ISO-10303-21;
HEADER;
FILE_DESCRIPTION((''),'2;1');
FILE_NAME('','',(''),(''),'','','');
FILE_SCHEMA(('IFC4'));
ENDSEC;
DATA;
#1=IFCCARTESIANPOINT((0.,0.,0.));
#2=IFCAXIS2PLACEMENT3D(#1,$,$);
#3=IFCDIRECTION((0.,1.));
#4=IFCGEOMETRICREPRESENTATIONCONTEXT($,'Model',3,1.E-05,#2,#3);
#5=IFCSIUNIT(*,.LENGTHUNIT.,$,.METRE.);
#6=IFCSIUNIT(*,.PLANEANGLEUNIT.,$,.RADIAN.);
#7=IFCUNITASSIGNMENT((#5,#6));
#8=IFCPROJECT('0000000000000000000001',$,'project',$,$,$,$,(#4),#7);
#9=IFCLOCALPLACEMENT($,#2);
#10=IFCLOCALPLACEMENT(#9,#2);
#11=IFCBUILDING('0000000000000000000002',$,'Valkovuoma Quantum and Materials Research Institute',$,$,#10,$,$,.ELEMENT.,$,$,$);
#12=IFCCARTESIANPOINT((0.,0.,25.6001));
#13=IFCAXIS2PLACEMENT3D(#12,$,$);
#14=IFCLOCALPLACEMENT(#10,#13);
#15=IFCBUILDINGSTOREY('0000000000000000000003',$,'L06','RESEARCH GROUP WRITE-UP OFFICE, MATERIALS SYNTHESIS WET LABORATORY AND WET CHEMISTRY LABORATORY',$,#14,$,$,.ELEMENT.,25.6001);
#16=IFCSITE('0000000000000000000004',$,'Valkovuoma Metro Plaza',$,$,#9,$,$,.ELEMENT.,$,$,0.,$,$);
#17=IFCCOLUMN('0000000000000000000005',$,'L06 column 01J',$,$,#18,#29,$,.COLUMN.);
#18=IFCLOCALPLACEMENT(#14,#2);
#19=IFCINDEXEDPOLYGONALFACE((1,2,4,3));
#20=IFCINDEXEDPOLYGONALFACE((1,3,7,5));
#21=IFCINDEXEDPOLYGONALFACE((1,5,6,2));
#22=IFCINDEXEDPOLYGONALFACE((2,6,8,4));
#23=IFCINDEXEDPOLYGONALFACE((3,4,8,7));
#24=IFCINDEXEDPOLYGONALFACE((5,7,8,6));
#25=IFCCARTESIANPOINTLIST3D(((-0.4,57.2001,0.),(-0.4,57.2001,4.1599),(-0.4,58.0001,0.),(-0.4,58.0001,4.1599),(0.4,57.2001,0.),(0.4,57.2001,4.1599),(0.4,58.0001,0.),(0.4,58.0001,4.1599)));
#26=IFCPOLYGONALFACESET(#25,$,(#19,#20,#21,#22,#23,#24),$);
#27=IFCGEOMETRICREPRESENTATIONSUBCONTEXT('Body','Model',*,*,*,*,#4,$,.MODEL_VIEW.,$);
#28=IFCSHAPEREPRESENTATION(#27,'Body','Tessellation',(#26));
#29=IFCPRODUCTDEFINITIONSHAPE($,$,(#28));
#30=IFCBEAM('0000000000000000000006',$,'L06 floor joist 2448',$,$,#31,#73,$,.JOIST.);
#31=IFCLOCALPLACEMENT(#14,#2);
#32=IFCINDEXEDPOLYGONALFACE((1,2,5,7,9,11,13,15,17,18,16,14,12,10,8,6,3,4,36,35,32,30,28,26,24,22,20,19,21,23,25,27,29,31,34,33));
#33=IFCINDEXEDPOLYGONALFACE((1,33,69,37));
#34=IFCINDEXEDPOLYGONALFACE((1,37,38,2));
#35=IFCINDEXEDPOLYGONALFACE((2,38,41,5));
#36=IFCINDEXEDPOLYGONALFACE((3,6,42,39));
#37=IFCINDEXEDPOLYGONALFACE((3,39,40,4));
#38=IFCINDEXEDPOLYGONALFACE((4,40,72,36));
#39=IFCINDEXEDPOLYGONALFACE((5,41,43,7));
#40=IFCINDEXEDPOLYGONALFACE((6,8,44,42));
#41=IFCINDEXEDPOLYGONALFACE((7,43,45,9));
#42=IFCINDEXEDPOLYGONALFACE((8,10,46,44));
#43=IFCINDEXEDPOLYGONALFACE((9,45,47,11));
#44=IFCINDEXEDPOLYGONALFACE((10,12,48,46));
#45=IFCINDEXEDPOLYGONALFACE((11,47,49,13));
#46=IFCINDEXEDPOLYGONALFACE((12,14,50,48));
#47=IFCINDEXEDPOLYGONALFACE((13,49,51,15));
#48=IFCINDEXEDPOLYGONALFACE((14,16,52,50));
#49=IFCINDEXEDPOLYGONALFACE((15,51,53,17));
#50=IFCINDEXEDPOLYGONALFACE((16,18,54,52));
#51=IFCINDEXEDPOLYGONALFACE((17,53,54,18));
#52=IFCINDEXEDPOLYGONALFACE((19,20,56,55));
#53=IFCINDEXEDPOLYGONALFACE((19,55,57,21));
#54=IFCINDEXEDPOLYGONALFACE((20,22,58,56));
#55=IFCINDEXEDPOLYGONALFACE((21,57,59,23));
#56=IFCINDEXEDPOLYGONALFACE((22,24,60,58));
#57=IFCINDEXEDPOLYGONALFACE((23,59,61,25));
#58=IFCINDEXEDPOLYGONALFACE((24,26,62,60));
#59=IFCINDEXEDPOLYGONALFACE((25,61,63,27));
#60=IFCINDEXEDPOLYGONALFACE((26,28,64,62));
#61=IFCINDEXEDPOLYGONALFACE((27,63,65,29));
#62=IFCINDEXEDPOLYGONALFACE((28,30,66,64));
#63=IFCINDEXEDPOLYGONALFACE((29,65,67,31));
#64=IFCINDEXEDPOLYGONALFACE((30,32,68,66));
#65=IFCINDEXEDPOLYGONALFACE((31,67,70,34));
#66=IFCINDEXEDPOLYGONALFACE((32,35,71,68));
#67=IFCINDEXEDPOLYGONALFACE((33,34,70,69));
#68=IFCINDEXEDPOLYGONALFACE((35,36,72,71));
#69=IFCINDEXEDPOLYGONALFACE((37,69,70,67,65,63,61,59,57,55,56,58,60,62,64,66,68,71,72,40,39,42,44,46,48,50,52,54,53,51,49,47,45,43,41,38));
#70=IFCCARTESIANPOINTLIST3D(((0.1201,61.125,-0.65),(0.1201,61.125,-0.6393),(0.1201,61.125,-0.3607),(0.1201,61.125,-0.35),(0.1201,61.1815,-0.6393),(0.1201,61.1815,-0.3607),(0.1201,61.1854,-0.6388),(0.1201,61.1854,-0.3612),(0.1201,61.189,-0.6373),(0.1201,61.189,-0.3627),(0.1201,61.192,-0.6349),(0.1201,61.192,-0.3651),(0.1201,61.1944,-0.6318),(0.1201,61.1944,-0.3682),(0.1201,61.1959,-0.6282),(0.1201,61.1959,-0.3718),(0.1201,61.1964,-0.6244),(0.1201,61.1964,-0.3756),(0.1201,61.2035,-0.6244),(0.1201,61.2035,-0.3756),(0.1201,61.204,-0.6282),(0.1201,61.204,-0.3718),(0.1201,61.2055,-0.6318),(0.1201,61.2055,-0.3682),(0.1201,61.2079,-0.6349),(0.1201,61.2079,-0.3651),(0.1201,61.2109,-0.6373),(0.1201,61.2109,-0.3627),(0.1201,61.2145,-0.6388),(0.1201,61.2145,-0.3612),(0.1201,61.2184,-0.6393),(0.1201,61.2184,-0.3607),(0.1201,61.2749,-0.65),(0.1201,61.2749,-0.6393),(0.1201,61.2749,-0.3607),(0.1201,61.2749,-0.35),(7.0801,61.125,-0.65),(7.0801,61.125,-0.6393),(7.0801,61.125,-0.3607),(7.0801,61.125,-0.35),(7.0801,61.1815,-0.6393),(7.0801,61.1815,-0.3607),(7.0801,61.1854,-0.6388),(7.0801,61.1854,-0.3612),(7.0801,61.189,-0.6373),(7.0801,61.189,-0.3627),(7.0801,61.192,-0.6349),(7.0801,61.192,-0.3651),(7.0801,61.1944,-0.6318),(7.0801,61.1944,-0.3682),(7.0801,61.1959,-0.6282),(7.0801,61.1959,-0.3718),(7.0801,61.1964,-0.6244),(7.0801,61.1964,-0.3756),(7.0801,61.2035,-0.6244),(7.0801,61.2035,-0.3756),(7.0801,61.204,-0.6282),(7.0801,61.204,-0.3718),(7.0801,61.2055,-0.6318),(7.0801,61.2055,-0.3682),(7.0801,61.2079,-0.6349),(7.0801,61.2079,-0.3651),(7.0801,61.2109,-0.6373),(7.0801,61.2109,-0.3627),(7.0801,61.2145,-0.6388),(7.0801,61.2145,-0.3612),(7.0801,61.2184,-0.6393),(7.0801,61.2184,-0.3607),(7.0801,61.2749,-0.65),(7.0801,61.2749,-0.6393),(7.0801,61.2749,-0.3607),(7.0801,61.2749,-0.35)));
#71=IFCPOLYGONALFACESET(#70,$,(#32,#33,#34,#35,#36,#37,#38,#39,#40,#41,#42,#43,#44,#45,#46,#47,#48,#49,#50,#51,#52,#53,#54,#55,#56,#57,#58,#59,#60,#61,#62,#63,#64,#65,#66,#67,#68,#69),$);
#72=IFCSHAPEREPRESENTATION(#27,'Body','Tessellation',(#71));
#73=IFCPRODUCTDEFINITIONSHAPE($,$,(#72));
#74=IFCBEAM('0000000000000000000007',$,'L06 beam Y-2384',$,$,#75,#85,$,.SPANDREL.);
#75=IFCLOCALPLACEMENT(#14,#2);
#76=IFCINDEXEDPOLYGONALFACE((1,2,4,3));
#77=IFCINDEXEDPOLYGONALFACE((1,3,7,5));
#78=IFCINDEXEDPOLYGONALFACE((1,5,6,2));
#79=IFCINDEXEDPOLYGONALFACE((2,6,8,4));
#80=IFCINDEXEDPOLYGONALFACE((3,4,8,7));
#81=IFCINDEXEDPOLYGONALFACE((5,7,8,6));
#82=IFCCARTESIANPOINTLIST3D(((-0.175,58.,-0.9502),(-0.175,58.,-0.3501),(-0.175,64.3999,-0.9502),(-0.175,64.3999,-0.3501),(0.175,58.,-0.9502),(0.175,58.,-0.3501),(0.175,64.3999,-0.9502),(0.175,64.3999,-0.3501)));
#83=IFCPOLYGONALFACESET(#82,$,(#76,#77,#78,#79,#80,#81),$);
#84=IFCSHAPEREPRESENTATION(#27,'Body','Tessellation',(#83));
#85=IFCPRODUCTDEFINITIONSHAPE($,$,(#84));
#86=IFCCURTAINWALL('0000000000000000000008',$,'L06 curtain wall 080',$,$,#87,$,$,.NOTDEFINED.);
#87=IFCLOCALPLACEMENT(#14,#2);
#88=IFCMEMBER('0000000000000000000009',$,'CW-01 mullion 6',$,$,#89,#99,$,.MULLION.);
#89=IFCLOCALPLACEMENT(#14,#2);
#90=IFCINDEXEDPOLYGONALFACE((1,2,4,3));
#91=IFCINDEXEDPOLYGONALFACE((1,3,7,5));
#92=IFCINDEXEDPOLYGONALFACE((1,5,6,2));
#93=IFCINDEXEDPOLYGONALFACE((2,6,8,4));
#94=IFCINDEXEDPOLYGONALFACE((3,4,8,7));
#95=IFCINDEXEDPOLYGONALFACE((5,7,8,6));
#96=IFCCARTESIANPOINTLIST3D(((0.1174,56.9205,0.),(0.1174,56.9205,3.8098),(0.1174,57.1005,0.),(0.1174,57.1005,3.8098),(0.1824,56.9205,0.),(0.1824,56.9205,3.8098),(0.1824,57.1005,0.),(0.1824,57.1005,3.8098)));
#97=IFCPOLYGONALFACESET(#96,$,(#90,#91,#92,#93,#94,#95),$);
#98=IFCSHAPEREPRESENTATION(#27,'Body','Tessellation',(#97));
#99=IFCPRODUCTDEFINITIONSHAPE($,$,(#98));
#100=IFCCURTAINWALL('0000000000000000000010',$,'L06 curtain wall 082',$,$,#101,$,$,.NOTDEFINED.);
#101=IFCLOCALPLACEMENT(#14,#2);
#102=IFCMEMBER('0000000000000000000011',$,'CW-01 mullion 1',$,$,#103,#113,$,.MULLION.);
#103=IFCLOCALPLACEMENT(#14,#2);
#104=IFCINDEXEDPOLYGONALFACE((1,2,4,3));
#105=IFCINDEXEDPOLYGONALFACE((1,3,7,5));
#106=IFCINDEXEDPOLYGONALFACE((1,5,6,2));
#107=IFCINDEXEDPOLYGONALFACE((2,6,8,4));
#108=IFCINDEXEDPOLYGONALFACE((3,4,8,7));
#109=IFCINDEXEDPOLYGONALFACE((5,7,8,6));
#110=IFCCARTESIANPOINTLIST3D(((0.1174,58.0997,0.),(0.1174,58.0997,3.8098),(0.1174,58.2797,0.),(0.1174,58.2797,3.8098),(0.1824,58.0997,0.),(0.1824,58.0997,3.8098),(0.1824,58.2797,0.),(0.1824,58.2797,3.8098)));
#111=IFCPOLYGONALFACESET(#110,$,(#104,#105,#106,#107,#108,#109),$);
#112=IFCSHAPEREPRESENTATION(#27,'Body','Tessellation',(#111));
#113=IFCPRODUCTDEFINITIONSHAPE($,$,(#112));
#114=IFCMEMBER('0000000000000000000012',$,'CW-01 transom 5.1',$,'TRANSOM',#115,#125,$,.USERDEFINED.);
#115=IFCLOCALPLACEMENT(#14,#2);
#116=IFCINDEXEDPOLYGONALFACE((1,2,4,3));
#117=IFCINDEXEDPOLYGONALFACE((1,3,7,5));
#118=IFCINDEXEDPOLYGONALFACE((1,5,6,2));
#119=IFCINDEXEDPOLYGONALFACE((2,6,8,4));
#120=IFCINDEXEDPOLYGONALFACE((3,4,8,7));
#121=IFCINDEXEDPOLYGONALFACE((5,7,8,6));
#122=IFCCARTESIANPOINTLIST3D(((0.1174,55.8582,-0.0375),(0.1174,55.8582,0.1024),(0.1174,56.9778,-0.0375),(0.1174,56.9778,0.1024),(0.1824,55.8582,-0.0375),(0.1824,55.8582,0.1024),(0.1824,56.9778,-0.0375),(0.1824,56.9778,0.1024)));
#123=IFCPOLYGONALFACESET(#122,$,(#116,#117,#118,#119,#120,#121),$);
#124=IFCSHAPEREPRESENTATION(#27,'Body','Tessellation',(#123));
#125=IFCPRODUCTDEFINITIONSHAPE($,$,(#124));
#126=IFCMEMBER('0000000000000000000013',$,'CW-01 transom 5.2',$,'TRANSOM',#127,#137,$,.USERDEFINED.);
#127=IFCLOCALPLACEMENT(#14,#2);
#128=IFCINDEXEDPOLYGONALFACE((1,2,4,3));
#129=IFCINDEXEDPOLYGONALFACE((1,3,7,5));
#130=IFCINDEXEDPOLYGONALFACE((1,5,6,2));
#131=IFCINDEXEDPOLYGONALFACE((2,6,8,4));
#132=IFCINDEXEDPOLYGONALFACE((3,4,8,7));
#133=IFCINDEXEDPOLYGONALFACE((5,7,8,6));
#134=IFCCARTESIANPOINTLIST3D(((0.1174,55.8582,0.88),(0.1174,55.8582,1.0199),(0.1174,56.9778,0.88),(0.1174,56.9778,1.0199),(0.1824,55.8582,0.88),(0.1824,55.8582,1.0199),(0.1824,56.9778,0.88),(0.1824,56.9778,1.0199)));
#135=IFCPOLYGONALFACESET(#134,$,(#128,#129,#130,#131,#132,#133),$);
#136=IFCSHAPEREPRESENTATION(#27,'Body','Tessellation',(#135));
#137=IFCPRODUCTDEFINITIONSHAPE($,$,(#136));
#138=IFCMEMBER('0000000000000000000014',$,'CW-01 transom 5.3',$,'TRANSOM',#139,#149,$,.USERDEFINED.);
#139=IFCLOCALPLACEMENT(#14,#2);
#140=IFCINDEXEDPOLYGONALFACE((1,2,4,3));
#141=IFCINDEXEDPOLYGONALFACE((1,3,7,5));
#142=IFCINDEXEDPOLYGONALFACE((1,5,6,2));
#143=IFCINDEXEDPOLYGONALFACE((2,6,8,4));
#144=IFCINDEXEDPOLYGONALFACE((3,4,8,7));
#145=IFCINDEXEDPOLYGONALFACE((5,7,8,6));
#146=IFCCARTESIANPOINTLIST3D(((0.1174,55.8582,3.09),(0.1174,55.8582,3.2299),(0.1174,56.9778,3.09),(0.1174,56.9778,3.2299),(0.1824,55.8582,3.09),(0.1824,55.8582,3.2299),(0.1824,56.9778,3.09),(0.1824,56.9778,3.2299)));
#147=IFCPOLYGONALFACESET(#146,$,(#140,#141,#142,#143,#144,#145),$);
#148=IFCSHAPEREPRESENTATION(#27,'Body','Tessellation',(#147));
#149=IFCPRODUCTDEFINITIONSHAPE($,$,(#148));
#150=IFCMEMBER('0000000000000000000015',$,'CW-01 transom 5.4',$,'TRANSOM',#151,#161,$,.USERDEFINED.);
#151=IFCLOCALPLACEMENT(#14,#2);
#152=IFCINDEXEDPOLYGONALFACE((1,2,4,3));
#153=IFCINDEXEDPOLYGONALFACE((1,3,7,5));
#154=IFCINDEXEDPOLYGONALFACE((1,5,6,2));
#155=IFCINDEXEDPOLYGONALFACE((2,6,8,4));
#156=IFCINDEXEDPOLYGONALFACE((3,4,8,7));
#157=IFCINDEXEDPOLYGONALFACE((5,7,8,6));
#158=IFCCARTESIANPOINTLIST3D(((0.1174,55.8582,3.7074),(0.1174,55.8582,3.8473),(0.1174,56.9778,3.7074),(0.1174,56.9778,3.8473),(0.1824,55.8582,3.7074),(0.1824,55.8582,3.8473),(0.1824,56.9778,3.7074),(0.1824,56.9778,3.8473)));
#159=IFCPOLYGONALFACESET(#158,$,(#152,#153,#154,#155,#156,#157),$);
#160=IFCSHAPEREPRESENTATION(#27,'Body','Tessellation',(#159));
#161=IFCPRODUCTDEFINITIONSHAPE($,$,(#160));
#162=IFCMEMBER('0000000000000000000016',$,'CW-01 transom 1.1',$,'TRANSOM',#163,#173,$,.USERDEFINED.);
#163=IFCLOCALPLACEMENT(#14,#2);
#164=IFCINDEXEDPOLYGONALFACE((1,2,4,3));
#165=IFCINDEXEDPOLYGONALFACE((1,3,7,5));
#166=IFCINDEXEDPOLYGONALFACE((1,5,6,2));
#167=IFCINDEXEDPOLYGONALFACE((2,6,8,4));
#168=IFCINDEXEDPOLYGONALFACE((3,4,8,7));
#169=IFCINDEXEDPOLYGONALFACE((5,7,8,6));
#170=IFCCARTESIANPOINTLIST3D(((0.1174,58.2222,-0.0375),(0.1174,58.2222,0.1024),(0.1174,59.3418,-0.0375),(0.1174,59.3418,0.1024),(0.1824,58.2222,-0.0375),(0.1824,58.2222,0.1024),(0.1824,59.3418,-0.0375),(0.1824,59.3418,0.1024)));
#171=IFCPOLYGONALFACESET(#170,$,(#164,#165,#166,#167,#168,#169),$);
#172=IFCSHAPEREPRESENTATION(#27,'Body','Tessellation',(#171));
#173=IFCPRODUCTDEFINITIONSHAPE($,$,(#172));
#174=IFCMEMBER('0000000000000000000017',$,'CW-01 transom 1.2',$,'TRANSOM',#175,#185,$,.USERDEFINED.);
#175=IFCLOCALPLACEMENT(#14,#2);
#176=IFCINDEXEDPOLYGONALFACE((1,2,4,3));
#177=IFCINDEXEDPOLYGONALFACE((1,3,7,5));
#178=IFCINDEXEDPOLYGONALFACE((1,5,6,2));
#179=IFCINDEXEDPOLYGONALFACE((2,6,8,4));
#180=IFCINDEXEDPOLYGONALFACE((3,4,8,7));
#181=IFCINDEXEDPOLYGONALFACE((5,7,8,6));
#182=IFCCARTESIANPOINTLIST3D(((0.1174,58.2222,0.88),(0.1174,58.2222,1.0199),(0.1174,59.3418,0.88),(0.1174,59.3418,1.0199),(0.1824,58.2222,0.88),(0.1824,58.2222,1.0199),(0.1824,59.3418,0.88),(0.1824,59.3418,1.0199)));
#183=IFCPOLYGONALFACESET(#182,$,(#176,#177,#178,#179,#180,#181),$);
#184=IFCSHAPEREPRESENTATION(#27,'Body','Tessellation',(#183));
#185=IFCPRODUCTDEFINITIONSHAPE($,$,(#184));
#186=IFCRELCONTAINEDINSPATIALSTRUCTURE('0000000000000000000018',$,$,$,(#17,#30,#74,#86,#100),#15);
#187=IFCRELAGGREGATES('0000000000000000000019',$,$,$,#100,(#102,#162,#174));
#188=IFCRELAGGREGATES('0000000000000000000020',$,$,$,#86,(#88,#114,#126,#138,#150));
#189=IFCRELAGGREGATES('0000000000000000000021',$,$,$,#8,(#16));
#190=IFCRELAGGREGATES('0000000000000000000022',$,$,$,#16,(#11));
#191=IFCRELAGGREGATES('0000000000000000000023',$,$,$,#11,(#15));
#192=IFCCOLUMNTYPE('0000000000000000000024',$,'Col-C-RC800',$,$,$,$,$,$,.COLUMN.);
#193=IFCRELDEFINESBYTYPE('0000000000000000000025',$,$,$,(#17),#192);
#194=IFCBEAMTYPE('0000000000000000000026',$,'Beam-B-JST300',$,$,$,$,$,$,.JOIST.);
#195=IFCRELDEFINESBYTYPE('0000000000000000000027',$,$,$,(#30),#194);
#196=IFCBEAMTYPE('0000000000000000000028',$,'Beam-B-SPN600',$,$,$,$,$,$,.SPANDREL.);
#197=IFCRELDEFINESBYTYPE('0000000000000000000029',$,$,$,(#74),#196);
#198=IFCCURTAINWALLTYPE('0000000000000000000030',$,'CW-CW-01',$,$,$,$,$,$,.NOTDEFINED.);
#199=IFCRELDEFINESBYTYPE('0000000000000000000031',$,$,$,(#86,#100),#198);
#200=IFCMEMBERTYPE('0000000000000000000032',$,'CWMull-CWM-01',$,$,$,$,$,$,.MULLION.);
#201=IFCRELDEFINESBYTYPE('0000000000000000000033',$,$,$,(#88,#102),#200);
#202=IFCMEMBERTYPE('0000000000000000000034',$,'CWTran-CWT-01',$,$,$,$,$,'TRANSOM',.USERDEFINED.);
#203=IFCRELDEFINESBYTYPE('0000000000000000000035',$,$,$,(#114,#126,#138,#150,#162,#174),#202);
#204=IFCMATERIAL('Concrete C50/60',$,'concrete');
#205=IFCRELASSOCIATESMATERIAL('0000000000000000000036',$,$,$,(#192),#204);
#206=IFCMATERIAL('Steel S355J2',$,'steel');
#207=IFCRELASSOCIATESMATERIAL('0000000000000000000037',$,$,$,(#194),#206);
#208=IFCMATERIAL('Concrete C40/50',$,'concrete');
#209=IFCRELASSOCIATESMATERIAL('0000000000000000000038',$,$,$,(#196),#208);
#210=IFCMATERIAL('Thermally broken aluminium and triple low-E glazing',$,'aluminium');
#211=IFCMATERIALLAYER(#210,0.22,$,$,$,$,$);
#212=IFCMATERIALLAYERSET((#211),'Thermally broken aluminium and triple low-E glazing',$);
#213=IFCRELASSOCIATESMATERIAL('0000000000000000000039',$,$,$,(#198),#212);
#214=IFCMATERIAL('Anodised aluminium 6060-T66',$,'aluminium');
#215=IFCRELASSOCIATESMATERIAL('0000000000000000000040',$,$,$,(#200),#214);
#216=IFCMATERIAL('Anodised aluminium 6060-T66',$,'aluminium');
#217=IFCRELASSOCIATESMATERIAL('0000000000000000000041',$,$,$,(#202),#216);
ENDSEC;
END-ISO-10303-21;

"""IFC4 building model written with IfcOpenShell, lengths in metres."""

from ifc_helpers import new_model, si_unit, direction, frame, origin, origin_2d, place, context, subcontext, project, spatial, rectangle, i_section, extrude, material, layer, layer_set, material_profile, profile_set, type_object, element, aggregate, save


model = new_model("IFC4")

# Units and contexts
model_context = context("Model", 3, precision=1e-05, world=origin(), true_north=direction((0.0, 1.0)))
body_context = subcontext(model_context, "Body", "Model", "MODEL_VIEW")
ifc_project = project(units=[si_unit("LENGTHUNIT", "METRE"), si_unit("PLANEANGLEUNIT", "RADIAN")], contexts=[model_context])

# Site, building, storey
site_placement = place(None, origin())
site = spatial("IfcSite", under=ifc_project, at=site_placement, Name="Valkovuoma Metro Plaza", CompositionType="ELEMENT", RefElevation=0.0)
building_placement = place(site_placement, origin())
building = spatial("IfcBuilding", under=site, at=building_placement, Name="Valkovuoma Quantum and Materials Research Institute", CompositionType="ELEMENT")
storey_placement = place(building_placement, frame((0.0, 0.0, 25.6001)))
storey = spatial("IfcBuildingStorey", under=building, at=storey_placement, Name="L06", Description="RESEARCH GROUP WRITE-UP OFFICE, MATERIALS SYNTHESIS WET LABORATORY AND WET CHEMISTRY LABORATORY", CompositionType="ELEMENT", Elevation=25.6001)

# Column
ifc_material_1 = material(Name="Concrete C50/60", Category="concrete")
ifc_material_profile_1 = material_profile(ifc_material_1, rectangle(XDim=0.8, YDim=0.8, at=origin_2d()), Name="Concrete C50/60")
ifc_profile_set_1 = profile_set([ifc_material_profile_1], Name="Concrete C50/60")
column_type = type_object("IfcColumnType", Name="Col-C-RC800", PredefinedType="COLUMN", material=ifc_profile_set_1)
column_placement = place(storey_placement, frame((0.0, 57.6001, 0.0), z_axis=(0.0, 0.0, 1.0), x_axis=(1.0, 0.0, 0.0)))
element("IfcColumn", 1, at=column_placement, inside=storey, type_object=column_type, Name="L06 column 01J", PredefinedType="COLUMN", context=body_context, shape_type="SweptSolid", body=[
    extrude(rectangle(XDim=0.8, YDim=0.8, at=origin_2d()), origin(), (0.0, 0.0, 1.0), 4.1599),
])

# Beams
ifc_material_2 = material(Name="Steel S355J2", Category="steel")
ifc_material_profile_2 = material_profile(ifc_material_2, i_section(OverallWidth=0.1499, OverallDepth=0.3, WebThickness=0.0071, FlangeThickness=0.0107, FilletRadius=0.0149, at=origin_2d()), Name="Steel S355J2")
ifc_profile_set_2 = profile_set([ifc_material_profile_2], Name="Steel S355J2")
beam_type_1 = type_object("IfcBeamType", Name="Beam-B-JST300", PredefinedType="JOIST", material=ifc_profile_set_2)
beam_1_placement = place(storey_placement, frame((0.1201, 61.2, -0.5), z_axis=(1.0, 0.0, 0.0), x_axis=(0.0, 1.0, 0.0)))
element("IfcBeam", 2, at=beam_1_placement, inside=storey, type_object=beam_type_1, Name="L06 floor joist 2448", PredefinedType="JOIST", context=body_context, shape_type="SweptSolid", body=[
    extrude(i_section(OverallWidth=0.1499, OverallDepth=0.3, WebThickness=0.0071, FlangeThickness=0.0107, FilletRadius=0.0149, at=origin_2d()), origin(), (0.0, 0.0, 1.0), 6.96),
])
ifc_material_3 = material(Name="Concrete C40/50", Category="concrete")
ifc_material_profile_3 = material_profile(ifc_material_3, rectangle(XDim=0.3501, YDim=0.6001, at=origin_2d()), Name="Concrete C40/50")
ifc_profile_set_3 = profile_set([ifc_material_profile_3], Name="Concrete C40/50")
beam_type_2 = type_object("IfcBeamType", Name="Beam-B-SPN600", PredefinedType="SPANDREL", material=ifc_profile_set_3)
beam_2_placement = place(storey_placement, frame((0.0, 58.0, -0.6501), z_axis=(0.0, 1.0, 0.0), x_axis=(-1.0, 0.0, 0.0)))
element("IfcBeam", 3, at=beam_2_placement, inside=storey, type_object=beam_type_2, Name="L06 beam Y-2384", PredefinedType="SPANDREL", context=body_context, shape_type="SweptSolid", body=[
    extrude(rectangle(XDim=0.3501, YDim=0.6001, at=origin_2d()), origin(), (0.0, 0.0, 1.0), 6.3999),
])

# Curtain walls, members
ifc_material_4 = material(Name="Thermally broken aluminium and triple low-E glazing", Category="aluminium")
ifc_layer_1 = layer(ifc_material_4, 0.22)
ifc_layer_set_1 = layer_set([ifc_layer_1], Name="Thermally broken aluminium and triple low-E glazing")
curtain_wall_type = type_object("IfcCurtainWallType", Name="CW-CW-01", PredefinedType="NOTDEFINED", material=ifc_layer_set_1)
curtain_wall_1_placement = place(storey_placement, origin())
curtain_wall_1 = element("IfcCurtainWall", 4, at=curtain_wall_1_placement, inside=storey, type_object=curtain_wall_type, Name="L06 curtain wall 080", PredefinedType="NOTDEFINED")
ifc_material_5 = material(Name="Anodised aluminium 6060-T66", Category="aluminium")
ifc_material_profile_4 = material_profile(ifc_material_5, rectangle(XDim=0.0649, YDim=0.1799, at=origin_2d()), Name="Anodised aluminium 6060-T66")
ifc_profile_set_4 = profile_set([ifc_material_profile_4], Name="Anodised aluminium 6060-T66")
member_type_1 = type_object("IfcMemberType", Name="CWMull-CWM-01", PredefinedType="MULLION", material=ifc_profile_set_4)
member_1_placement = place(storey_placement, frame((0.1499, 57.0105, 0.0), z_axis=(0.0, 0.0, 1.0), x_axis=(-1.0, 0.0, 0.0)))
member_1 = element("IfcMember", 5, at=member_1_placement, type_object=member_type_1, Name="CW-01 mullion 6", PredefinedType="MULLION", context=body_context, shape_type="SweptSolid", body=[
    extrude(rectangle(XDim=0.0649, YDim=0.1799, at=origin_2d()), origin(), (0.0, 0.0, 1.0), 3.8098),
])
curtain_wall_2_placement = place(storey_placement, origin())
curtain_wall_2 = element("IfcCurtainWall", 6, at=curtain_wall_2_placement, inside=storey, type_object=curtain_wall_type, Name="L06 curtain wall 082", PredefinedType="NOTDEFINED")
member_2_placement = place(storey_placement, frame((0.1499, 58.1897, 0.0), z_axis=(0.0, 0.0, 1.0), x_axis=(-1.0, 0.0, 0.0)))
member_2 = element("IfcMember", 7, at=member_2_placement, type_object=member_type_1, Name="CW-01 mullion 1", PredefinedType="MULLION", context=body_context, shape_type="SweptSolid", body=[
    extrude(rectangle(XDim=0.0649, YDim=0.1799, at=origin_2d()), origin(), (0.0, 0.0, 1.0), 3.8098),
])

# Members
ifc_material_6 = material(Name="Anodised aluminium 6060-T66", Category="aluminium")
ifc_material_profile_5 = material_profile(ifc_material_6, rectangle(XDim=0.0649, YDim=0.1399, at=origin_2d()), Name="Anodised aluminium 6060-T66")
ifc_profile_set_5 = profile_set([ifc_material_profile_5], Name="Anodised aluminium 6060-T66")
member_type_2 = type_object("IfcMemberType", Name="CWTran-CWT-01", ElementType="TRANSOM", PredefinedType="USERDEFINED", material=ifc_profile_set_5)
member_3_placement = place(storey_placement, frame((0.1499, 55.8582, 0.0325), z_axis=(0.0, 1.0, 0.0), x_axis=(-1.0, 0.0, 0.0)))
member_3 = element("IfcMember", 8, at=member_3_placement, type_object=member_type_2, Name="CW-01 transom 5.1", ObjectType="TRANSOM", PredefinedType="USERDEFINED", context=body_context, shape_type="SweptSolid", body=[
    extrude(rectangle(XDim=0.0649, YDim=0.1399, at=origin_2d()), origin(), (0.0, 0.0, 1.0), 1.1196),
])
member_4_placement = place(storey_placement, frame((0.1499, 55.8582, 0.95), z_axis=(0.0, 1.0, 0.0), x_axis=(-1.0, 0.0, 0.0)))
member_4 = element("IfcMember", 9, at=member_4_placement, type_object=member_type_2, Name="CW-01 transom 5.2", ObjectType="TRANSOM", PredefinedType="USERDEFINED", context=body_context, shape_type="SweptSolid", body=[
    extrude(rectangle(XDim=0.0649, YDim=0.1399, at=origin_2d()), origin(), (0.0, 0.0, 1.0), 1.1196),
])
member_5_placement = place(storey_placement, frame((0.1499, 55.8582, 3.1599), z_axis=(0.0, 1.0, 0.0), x_axis=(-1.0, 0.0, 0.0)))
member_5 = element("IfcMember", 10, at=member_5_placement, type_object=member_type_2, Name="CW-01 transom 5.3", ObjectType="TRANSOM", PredefinedType="USERDEFINED", context=body_context, shape_type="SweptSolid", body=[
    extrude(rectangle(XDim=0.0649, YDim=0.1399, at=origin_2d()), origin(), (0.0, 0.0, 1.0), 1.1196),
])
member_6_placement = place(storey_placement, frame((0.1499, 55.8582, 3.7773), z_axis=(0.0, 1.0, 0.0), x_axis=(-1.0, 0.0, 0.0)))
member_6 = element("IfcMember", 11, at=member_6_placement, type_object=member_type_2, Name="CW-01 transom 5.4", ObjectType="TRANSOM", PredefinedType="USERDEFINED", context=body_context, shape_type="SweptSolid", body=[
    extrude(rectangle(XDim=0.0649, YDim=0.1399, at=origin_2d()), origin(), (0.0, 0.0, 1.0), 1.1196),
])
member_7_placement = place(storey_placement, frame((0.1499, 58.2222, 0.0325), z_axis=(0.0, 1.0, 0.0), x_axis=(-1.0, 0.0, 0.0)))
member_7 = element("IfcMember", 12, at=member_7_placement, type_object=member_type_2, Name="CW-01 transom 1.1", ObjectType="TRANSOM", PredefinedType="USERDEFINED", context=body_context, shape_type="SweptSolid", body=[
    extrude(rectangle(XDim=0.0649, YDim=0.1399, at=origin_2d()), origin(), (0.0, 0.0, 1.0), 1.1196),
])
member_8_placement = place(storey_placement, frame((0.1499, 58.2222, 0.95), z_axis=(0.0, 1.0, 0.0), x_axis=(-1.0, 0.0, 0.0)))
member_8 = element("IfcMember", 13, at=member_8_placement, type_object=member_type_2, Name="CW-01 transom 1.2", ObjectType="TRANSOM", PredefinedType="USERDEFINED", context=body_context, shape_type="SweptSolid", body=[
    extrude(rectangle(XDim=0.0649, YDim=0.1399, at=origin_2d()), origin(), (0.0, 0.0, 1.0), 1.1196),
])
aggregate(curtain_wall_2, [member_2, member_7, member_8])

aggregate(curtain_wall_1, [member_1, member_3, member_4, member_5, member_6])

save(model, "model.ifc")
